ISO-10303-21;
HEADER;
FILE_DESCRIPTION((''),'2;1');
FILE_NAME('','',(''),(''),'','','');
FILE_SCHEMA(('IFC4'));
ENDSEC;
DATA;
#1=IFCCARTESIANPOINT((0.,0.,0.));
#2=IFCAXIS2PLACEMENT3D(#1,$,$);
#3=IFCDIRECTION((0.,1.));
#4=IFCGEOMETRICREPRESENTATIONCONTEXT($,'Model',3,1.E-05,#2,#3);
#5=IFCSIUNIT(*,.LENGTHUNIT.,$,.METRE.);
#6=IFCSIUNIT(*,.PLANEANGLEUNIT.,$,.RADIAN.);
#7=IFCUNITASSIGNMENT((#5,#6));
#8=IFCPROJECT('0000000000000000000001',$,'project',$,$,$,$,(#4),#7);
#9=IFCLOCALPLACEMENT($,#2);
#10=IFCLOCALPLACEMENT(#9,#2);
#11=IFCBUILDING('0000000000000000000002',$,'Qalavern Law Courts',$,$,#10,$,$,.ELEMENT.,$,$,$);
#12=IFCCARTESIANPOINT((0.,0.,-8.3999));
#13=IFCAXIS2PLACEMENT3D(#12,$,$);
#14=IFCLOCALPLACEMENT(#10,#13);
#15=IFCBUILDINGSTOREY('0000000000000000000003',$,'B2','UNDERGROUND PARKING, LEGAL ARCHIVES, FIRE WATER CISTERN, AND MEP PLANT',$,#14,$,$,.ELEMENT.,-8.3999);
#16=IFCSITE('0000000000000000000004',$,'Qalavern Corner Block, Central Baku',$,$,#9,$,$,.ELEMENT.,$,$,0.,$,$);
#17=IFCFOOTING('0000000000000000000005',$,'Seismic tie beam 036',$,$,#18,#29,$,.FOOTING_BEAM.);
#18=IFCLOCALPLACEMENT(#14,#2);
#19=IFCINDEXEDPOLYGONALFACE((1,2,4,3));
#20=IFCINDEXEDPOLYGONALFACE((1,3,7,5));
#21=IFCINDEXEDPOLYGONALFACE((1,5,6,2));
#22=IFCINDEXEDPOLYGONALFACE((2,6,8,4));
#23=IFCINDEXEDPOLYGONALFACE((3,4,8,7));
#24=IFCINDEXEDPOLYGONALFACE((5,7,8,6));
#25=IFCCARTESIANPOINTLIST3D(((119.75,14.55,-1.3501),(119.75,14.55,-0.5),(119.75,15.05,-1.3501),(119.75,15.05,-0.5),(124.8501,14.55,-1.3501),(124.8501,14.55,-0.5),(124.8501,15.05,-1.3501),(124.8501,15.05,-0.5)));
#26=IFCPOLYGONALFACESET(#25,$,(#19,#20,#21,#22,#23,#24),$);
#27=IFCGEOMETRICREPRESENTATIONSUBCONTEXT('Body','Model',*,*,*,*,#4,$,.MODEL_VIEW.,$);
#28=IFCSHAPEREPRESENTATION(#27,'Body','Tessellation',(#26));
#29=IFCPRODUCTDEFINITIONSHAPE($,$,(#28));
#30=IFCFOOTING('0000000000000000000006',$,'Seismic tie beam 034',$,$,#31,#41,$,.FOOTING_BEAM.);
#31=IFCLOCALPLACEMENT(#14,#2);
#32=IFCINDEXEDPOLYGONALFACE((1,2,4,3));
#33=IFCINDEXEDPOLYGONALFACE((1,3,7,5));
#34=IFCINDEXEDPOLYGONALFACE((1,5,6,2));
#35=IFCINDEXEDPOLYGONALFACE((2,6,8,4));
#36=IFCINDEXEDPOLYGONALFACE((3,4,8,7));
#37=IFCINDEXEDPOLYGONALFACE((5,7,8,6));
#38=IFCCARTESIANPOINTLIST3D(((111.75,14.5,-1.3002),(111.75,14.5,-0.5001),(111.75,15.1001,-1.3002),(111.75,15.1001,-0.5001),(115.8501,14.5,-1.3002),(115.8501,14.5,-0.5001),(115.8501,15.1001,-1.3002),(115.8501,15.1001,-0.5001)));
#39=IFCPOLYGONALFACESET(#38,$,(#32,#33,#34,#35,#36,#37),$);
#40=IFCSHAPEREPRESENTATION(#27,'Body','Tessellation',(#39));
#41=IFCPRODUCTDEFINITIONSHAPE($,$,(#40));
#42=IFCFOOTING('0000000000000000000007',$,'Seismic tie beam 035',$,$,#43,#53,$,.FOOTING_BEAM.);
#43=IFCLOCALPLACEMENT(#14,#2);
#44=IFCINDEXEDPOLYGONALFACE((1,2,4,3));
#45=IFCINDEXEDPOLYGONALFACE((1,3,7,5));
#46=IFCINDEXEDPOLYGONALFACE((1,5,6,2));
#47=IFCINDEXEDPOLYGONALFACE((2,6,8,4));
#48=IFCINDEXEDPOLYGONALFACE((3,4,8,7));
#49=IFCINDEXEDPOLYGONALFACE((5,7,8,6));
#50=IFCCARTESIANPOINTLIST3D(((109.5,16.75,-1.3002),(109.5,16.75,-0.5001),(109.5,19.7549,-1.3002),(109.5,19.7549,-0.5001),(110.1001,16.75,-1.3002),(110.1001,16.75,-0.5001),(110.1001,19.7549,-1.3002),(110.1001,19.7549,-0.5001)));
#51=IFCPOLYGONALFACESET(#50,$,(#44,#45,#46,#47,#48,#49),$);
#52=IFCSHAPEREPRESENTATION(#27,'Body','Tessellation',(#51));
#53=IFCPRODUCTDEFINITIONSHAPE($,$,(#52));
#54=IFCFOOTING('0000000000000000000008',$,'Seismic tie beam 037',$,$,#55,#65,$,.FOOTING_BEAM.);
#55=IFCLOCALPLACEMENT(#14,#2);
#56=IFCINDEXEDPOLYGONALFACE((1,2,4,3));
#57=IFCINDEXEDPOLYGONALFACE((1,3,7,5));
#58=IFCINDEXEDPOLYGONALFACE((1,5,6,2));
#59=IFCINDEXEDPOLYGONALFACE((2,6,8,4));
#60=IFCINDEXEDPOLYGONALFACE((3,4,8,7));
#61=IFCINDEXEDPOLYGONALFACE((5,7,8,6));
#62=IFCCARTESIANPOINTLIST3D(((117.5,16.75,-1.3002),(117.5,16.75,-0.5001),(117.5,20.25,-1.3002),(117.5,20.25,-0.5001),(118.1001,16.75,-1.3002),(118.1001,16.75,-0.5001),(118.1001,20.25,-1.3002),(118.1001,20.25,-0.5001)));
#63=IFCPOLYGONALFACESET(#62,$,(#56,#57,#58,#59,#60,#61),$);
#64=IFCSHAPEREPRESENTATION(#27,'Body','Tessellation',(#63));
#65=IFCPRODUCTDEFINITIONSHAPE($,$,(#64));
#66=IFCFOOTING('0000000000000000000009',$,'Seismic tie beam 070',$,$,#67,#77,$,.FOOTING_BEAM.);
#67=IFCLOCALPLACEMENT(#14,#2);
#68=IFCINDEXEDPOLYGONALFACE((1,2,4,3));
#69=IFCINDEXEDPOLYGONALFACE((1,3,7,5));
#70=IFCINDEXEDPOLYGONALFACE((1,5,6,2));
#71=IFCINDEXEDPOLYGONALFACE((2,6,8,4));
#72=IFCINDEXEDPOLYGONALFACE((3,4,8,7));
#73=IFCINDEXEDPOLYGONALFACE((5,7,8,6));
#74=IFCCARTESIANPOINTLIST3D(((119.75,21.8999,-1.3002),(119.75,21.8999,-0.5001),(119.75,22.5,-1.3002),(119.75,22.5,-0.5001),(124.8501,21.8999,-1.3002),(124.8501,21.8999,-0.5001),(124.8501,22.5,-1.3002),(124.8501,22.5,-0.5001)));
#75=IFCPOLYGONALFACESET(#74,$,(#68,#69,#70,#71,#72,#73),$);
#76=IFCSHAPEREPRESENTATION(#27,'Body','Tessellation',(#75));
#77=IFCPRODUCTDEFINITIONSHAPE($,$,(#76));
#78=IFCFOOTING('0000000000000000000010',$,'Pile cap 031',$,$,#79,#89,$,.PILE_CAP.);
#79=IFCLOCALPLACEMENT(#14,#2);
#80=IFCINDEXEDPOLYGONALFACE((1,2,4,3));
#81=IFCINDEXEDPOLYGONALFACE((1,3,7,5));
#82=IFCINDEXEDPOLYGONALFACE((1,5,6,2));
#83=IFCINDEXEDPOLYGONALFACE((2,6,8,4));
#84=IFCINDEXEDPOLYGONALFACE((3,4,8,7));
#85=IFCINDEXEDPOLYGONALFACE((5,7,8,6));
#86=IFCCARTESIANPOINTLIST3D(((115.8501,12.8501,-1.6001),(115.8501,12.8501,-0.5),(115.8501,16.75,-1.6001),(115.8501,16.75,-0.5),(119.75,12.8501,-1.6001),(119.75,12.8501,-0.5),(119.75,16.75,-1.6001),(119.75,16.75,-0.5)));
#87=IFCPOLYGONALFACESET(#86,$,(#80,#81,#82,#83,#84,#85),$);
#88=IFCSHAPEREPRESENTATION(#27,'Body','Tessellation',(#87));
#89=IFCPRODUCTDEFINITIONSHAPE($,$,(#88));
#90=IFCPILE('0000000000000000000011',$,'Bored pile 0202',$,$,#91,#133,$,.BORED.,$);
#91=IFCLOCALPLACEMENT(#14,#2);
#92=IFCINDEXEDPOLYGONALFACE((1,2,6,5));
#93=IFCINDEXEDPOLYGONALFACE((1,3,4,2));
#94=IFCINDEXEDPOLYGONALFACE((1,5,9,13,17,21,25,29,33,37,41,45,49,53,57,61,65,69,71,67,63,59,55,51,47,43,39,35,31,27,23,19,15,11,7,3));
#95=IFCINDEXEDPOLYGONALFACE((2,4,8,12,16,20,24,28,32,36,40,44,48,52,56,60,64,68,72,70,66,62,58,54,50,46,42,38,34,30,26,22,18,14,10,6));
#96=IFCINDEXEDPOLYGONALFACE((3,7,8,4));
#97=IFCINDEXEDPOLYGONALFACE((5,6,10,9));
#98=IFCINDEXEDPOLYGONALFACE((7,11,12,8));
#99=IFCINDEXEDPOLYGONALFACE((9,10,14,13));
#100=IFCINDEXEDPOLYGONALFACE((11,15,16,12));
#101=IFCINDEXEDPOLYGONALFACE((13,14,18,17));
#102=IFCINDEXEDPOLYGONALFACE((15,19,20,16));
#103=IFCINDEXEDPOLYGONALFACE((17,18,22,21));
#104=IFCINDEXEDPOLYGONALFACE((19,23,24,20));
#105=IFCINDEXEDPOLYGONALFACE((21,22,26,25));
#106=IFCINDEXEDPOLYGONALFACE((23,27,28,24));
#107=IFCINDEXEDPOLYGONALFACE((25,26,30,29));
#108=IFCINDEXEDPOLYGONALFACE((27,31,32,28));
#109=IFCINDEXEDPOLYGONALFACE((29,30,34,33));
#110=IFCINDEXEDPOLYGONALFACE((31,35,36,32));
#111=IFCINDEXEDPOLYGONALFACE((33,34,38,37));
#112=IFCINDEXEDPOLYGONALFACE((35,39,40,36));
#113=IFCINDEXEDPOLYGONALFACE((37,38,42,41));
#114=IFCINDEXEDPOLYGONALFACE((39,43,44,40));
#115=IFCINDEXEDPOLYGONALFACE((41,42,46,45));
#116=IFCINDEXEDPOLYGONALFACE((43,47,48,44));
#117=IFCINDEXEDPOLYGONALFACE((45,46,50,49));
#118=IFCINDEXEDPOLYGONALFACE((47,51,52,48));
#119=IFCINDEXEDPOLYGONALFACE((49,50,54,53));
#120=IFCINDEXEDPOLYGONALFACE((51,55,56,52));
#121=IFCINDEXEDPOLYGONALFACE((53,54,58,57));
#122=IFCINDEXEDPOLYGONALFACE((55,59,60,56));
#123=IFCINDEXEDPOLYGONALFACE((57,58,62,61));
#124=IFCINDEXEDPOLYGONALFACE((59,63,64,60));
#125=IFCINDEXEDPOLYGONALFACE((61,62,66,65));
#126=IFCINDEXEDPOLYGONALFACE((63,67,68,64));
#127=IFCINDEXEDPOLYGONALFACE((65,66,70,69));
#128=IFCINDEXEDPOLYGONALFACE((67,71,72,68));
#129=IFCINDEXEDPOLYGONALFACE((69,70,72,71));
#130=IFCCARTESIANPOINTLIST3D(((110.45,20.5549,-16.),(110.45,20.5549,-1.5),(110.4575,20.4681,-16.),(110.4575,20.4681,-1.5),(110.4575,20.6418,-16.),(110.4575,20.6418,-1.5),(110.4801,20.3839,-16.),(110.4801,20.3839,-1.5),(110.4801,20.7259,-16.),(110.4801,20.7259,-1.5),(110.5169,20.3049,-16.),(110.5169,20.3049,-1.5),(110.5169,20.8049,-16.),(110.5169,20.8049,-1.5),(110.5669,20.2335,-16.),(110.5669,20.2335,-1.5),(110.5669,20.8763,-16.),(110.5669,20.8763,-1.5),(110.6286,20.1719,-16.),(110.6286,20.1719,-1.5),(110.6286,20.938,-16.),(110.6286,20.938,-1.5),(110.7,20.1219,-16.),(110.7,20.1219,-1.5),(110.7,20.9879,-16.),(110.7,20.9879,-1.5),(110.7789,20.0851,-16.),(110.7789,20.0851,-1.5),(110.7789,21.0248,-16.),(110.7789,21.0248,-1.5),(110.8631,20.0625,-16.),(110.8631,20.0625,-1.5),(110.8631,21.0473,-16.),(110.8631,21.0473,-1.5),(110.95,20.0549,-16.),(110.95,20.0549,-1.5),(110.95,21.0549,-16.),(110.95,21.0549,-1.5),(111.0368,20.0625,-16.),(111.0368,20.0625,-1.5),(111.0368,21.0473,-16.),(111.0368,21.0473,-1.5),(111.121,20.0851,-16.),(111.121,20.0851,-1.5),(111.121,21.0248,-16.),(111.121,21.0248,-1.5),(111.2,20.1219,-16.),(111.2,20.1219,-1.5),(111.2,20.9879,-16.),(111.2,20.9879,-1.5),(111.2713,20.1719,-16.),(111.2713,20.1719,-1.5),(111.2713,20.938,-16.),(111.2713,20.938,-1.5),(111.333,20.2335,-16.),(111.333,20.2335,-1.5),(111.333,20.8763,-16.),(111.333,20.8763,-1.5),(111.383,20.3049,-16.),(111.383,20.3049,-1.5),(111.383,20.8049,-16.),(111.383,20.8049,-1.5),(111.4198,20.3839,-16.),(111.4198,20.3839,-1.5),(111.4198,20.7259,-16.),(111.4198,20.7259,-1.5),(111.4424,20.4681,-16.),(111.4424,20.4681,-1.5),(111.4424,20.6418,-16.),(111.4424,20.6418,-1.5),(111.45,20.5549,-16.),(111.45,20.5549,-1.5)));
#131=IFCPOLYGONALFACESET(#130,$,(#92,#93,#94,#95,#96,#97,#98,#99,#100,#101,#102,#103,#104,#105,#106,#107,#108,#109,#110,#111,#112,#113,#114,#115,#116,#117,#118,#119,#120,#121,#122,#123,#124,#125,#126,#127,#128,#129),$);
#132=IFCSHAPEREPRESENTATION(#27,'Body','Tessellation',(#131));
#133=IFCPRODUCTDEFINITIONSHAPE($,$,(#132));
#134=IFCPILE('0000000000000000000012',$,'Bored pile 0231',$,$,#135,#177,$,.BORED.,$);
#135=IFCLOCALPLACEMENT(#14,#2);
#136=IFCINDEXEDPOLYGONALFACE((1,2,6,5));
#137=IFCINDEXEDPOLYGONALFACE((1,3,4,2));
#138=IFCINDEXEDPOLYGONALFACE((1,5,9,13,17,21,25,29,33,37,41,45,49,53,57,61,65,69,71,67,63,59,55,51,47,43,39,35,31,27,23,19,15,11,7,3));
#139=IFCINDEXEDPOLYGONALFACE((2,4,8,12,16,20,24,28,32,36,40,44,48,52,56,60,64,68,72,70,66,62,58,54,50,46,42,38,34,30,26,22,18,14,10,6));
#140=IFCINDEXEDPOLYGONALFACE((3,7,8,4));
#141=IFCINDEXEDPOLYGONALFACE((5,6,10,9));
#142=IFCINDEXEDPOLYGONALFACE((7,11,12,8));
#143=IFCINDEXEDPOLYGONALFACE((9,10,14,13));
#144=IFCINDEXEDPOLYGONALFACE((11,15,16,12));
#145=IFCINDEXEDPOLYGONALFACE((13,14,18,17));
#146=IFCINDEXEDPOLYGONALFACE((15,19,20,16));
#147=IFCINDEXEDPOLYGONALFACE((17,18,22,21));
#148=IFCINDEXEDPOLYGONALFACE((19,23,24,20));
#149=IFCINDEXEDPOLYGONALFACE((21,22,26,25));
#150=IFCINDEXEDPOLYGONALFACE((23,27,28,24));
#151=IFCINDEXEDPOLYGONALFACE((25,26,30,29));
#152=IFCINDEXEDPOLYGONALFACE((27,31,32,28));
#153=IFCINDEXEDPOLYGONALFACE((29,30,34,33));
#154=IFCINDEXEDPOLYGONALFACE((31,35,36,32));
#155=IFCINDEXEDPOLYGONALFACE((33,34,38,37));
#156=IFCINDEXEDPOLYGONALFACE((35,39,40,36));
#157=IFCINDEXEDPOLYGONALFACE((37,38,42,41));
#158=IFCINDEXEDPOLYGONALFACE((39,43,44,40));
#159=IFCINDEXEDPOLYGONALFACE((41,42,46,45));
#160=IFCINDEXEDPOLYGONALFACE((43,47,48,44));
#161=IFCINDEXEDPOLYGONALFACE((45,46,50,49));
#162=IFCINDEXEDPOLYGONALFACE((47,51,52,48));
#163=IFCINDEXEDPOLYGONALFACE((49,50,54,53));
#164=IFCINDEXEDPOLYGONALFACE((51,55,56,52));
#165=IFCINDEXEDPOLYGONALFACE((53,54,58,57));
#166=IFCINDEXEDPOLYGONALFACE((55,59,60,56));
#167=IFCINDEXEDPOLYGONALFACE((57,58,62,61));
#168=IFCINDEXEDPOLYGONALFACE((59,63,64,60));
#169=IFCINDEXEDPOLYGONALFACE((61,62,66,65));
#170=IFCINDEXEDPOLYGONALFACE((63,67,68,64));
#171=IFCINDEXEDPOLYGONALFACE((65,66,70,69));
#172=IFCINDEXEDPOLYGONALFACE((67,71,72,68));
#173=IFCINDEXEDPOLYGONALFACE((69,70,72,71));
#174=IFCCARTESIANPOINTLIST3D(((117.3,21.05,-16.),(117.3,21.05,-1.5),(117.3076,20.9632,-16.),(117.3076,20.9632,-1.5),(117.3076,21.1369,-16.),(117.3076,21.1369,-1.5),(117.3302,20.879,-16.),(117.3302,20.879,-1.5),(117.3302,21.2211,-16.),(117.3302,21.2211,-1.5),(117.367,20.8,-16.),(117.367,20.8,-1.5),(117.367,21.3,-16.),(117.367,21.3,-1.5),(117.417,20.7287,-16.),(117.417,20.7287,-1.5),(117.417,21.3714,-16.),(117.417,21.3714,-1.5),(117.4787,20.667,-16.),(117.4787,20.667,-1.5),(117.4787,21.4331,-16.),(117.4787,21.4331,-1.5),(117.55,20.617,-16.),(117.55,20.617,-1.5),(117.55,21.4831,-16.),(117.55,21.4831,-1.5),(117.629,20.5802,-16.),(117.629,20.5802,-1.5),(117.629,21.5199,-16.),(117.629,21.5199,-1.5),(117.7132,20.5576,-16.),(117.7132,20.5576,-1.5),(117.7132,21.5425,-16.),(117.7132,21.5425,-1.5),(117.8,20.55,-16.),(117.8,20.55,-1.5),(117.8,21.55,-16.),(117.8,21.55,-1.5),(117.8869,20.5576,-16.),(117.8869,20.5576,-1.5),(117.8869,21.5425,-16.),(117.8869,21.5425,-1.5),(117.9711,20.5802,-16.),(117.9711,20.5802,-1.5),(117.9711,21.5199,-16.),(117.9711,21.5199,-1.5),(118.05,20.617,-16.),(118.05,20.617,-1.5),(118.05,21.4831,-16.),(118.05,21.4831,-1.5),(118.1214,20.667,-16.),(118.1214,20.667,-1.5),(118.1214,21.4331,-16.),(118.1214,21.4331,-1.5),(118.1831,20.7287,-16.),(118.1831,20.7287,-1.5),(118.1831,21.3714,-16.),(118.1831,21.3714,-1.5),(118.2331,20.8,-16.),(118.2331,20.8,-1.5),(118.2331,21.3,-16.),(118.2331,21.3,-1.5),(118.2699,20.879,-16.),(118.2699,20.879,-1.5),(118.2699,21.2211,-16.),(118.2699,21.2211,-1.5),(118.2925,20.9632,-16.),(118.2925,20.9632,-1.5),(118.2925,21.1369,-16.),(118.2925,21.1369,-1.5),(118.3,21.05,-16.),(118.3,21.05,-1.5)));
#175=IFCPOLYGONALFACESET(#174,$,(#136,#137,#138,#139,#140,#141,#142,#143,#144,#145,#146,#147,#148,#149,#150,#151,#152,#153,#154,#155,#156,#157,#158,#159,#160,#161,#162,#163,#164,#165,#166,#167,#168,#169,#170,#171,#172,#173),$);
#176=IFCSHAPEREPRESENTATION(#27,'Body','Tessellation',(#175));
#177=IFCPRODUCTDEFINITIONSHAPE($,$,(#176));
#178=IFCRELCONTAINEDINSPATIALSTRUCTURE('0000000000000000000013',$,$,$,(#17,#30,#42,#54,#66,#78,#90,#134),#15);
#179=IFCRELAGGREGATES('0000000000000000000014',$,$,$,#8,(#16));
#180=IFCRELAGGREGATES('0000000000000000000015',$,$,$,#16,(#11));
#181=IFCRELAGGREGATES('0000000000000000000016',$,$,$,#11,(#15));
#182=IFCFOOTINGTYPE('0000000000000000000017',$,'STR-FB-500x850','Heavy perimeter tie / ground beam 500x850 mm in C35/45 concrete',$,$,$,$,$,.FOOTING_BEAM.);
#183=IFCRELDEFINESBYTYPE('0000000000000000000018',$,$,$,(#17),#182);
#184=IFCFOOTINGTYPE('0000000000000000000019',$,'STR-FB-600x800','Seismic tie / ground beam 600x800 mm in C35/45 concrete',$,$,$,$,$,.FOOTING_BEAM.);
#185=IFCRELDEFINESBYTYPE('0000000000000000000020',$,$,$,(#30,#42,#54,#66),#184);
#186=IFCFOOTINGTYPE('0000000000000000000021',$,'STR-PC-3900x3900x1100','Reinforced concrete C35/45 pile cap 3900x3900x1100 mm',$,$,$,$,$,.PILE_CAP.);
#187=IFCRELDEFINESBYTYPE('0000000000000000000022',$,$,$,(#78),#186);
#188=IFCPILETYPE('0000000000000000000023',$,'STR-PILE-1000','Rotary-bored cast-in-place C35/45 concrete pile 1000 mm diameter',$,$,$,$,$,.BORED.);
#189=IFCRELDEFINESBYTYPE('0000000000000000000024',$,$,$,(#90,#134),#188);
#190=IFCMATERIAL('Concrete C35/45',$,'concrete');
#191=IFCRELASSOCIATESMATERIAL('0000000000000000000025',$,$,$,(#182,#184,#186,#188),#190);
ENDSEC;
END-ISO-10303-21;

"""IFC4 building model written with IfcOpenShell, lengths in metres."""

from ifc_helpers import new_model, si_unit, direction, frame, origin, origin_2d, place, context, subcontext, project, spatial, rectangle, circle, extrude, material, material_profile, profile_set, type_object, element, save


model = new_model("IFC4")

# Units and contexts
model_context = context("Model", 3, precision=1e-05, world=origin(), true_north=direction((0.0, 1.0)))
body_context = subcontext(model_context, "Body", "Model", "MODEL_VIEW")
ifc_project = project(units=[si_unit("LENGTHUNIT", "METRE"), si_unit("PLANEANGLEUNIT", "RADIAN")], contexts=[model_context])

# Site, building, storey
site_placement = place(None, origin())
site = spatial("IfcSite", under=ifc_project, at=site_placement, Name="Qalavern Corner Block, Central Baku", CompositionType="ELEMENT", RefElevation=0.0)
building_placement = place(site_placement, origin())
building = spatial("IfcBuilding", under=site, at=building_placement, Name="Qalavern Law Courts", CompositionType="ELEMENT")
storey_placement = place(building_placement, frame((0.0, 0.0, -8.3999)))
storey = spatial("IfcBuildingStorey", under=building, at=storey_placement, Name="B2", Description="UNDERGROUND PARKING, LEGAL ARCHIVES, FIRE WATER CISTERN, AND MEP PLANT", CompositionType="ELEMENT", Elevation=-8.3999)

# Footings
ifc_material_1 = material(Name="Concrete C35/45", Category="concrete")
ifc_material_profile_1 = material_profile(ifc_material_1, rectangle(XDim=0.5, YDim=0.8501, at=origin_2d()), Name="RC 500x850")
ifc_profile_set_1 = profile_set([ifc_material_profile_1], Name="Concrete C35/45")
footing_type_1 = type_object("IfcFootingType", Name="STR-FB-500x850", Description="Heavy perimeter tie / ground beam 500x850 mm in C35/45 concrete", PredefinedType="FOOTING_BEAM", material=ifc_profile_set_1)
footing_1_placement = place(storey_placement, frame((119.75, 14.8, -0.925), z_axis=(1.0, 0.0, 0.0), x_axis=(0.0, 1.0, 0.0)))
element("IfcFooting", 1, at=footing_1_placement, inside=storey, type_object=footing_type_1, Name="Seismic tie beam 036", PredefinedType="FOOTING_BEAM", context=body_context, shape_type="SweptSolid", body=[
    extrude(rectangle(XDim=0.5, YDim=0.8501, at=origin_2d()), origin(), (0.0, 0.0, 1.0), 5.1001),
])
ifc_material_profile_2 = material_profile(ifc_material_1, rectangle(XDim=0.6001, YDim=0.8, at=origin_2d()), Name="RC 600x800")
ifc_profile_set_2 = profile_set([ifc_material_profile_2], Name="Concrete C35/45")
footing_type_2 = type_object("IfcFootingType", Name="STR-FB-600x800", Description="Seismic tie / ground beam 600x800 mm in C35/45 concrete", PredefinedType="FOOTING_BEAM", material=ifc_profile_set_2)
footing_2_placement = place(storey_placement, frame((111.75, 14.8, -0.9001), z_axis=(1.0, 0.0, 0.0), x_axis=(0.0, 1.0, 0.0)))
element("IfcFooting", 2, at=footing_2_placement, inside=storey, type_object=footing_type_2, Name="Seismic tie beam 034", PredefinedType="FOOTING_BEAM", context=body_context, shape_type="SweptSolid", body=[
    extrude(rectangle(XDim=0.6001, YDim=0.8, at=origin_2d()), origin(), (0.0, 0.0, 1.0), 4.1001),
])
footing_3_placement = place(storey_placement, frame((109.8, 16.75, -0.9001), z_axis=(0.0, 1.0, 0.0), x_axis=(-1.0, 0.0, 0.0)))
element("IfcFooting", 3, at=footing_3_placement, inside=storey, type_object=footing_type_2, Name="Seismic tie beam 035", PredefinedType="FOOTING_BEAM", context=body_context, shape_type="SweptSolid", body=[
    extrude(rectangle(XDim=0.6001, YDim=0.8, at=origin_2d()), origin(), (0.0, 0.0, 1.0), 3.0049),
])
footing_4_placement = place(storey_placement, frame((117.8, 16.75, -0.9001), z_axis=(0.0, 1.0, 0.0), x_axis=(-1.0, 0.0, 0.0)))
element("IfcFooting", 4, at=footing_4_placement, inside=storey, type_object=footing_type_2, Name="Seismic tie beam 037", PredefinedType="FOOTING_BEAM", context=body_context, shape_type="SweptSolid", body=[
    extrude(rectangle(XDim=0.6001, YDim=0.8, at=origin_2d()), origin(), (0.0, 0.0, 1.0), 3.5),
])
footing_5_placement = place(storey_placement, frame((119.75, 22.2, -0.9001), z_axis=(1.0, 0.0, 0.0), x_axis=(0.0, 1.0, 0.0)))
element("IfcFooting", 5, at=footing_5_placement, inside=storey, type_object=footing_type_2, Name="Seismic tie beam 070", PredefinedType="FOOTING_BEAM", context=body_context, shape_type="SweptSolid", body=[
    extrude(rectangle(XDim=0.6001, YDim=0.8, at=origin_2d()), origin(), (0.0, 0.0, 1.0), 5.1001),
])
footing_type_3 = type_object("IfcFootingType", Name="STR-PC-3900x3900x1100", Description="Reinforced concrete C35/45 pile cap 3900x3900x1100 mm", PredefinedType="PILE_CAP", material=ifc_material_1)
footing_6_placement = place(storey_placement, frame((117.8, 14.8, -1.6001), z_axis=(0.0, 0.0, 1.0), x_axis=(1.0, 0.0, 0.0)))
element("IfcFooting", 6, at=footing_6_placement, inside=storey, type_object=footing_type_3, Name="Pile cap 031", PredefinedType="PILE_CAP", context=body_context, shape_type="SweptSolid", body=[
    extrude(rectangle(XDim=3.8999, YDim=3.8999, at=origin_2d()), origin(), (0.0, 0.0, 1.0), 1.1001),
])

# Piles
ifc_material_profile_3 = material_profile(ifc_material_1, circle(Radius=0.5, at=origin_2d()), Name="BORED PILE 1000")
ifc_profile_set_3 = profile_set([ifc_material_profile_3], Name="Concrete C35/45")
pile_type_1 = type_object("IfcPileType", Name="STR-PILE-1000", Description="Rotary-bored cast-in-place C35/45 concrete pile 1000 mm diameter", PredefinedType="BORED", material=ifc_profile_set_3)
for number, where, z_axis, x_axis, name in (
    (7, (110.95, 20.5549, -1.5), (0.0, 0.0, -1.0), (1.0, 0.0, 0.0), "Bored pile 0202"),
    (8, (117.8, 21.05, -1.5), (0.0, 0.0, -1.0), (1.0, 0.0, 0.0), "Bored pile 0231"),
):
    element("IfcPile", number, at=place(storey_placement, frame(where, z_axis=z_axis, x_axis=x_axis)), inside=storey, type_object=pile_type_1, Name=name, PredefinedType="BORED", context=body_context, shape_type="SweptSolid", body=[
        extrude(circle(Radius=0.5, at=origin_2d()), origin(), (0.0, 0.0, 1.0), 14.5),
    ])

save(model, "model.ifc")
